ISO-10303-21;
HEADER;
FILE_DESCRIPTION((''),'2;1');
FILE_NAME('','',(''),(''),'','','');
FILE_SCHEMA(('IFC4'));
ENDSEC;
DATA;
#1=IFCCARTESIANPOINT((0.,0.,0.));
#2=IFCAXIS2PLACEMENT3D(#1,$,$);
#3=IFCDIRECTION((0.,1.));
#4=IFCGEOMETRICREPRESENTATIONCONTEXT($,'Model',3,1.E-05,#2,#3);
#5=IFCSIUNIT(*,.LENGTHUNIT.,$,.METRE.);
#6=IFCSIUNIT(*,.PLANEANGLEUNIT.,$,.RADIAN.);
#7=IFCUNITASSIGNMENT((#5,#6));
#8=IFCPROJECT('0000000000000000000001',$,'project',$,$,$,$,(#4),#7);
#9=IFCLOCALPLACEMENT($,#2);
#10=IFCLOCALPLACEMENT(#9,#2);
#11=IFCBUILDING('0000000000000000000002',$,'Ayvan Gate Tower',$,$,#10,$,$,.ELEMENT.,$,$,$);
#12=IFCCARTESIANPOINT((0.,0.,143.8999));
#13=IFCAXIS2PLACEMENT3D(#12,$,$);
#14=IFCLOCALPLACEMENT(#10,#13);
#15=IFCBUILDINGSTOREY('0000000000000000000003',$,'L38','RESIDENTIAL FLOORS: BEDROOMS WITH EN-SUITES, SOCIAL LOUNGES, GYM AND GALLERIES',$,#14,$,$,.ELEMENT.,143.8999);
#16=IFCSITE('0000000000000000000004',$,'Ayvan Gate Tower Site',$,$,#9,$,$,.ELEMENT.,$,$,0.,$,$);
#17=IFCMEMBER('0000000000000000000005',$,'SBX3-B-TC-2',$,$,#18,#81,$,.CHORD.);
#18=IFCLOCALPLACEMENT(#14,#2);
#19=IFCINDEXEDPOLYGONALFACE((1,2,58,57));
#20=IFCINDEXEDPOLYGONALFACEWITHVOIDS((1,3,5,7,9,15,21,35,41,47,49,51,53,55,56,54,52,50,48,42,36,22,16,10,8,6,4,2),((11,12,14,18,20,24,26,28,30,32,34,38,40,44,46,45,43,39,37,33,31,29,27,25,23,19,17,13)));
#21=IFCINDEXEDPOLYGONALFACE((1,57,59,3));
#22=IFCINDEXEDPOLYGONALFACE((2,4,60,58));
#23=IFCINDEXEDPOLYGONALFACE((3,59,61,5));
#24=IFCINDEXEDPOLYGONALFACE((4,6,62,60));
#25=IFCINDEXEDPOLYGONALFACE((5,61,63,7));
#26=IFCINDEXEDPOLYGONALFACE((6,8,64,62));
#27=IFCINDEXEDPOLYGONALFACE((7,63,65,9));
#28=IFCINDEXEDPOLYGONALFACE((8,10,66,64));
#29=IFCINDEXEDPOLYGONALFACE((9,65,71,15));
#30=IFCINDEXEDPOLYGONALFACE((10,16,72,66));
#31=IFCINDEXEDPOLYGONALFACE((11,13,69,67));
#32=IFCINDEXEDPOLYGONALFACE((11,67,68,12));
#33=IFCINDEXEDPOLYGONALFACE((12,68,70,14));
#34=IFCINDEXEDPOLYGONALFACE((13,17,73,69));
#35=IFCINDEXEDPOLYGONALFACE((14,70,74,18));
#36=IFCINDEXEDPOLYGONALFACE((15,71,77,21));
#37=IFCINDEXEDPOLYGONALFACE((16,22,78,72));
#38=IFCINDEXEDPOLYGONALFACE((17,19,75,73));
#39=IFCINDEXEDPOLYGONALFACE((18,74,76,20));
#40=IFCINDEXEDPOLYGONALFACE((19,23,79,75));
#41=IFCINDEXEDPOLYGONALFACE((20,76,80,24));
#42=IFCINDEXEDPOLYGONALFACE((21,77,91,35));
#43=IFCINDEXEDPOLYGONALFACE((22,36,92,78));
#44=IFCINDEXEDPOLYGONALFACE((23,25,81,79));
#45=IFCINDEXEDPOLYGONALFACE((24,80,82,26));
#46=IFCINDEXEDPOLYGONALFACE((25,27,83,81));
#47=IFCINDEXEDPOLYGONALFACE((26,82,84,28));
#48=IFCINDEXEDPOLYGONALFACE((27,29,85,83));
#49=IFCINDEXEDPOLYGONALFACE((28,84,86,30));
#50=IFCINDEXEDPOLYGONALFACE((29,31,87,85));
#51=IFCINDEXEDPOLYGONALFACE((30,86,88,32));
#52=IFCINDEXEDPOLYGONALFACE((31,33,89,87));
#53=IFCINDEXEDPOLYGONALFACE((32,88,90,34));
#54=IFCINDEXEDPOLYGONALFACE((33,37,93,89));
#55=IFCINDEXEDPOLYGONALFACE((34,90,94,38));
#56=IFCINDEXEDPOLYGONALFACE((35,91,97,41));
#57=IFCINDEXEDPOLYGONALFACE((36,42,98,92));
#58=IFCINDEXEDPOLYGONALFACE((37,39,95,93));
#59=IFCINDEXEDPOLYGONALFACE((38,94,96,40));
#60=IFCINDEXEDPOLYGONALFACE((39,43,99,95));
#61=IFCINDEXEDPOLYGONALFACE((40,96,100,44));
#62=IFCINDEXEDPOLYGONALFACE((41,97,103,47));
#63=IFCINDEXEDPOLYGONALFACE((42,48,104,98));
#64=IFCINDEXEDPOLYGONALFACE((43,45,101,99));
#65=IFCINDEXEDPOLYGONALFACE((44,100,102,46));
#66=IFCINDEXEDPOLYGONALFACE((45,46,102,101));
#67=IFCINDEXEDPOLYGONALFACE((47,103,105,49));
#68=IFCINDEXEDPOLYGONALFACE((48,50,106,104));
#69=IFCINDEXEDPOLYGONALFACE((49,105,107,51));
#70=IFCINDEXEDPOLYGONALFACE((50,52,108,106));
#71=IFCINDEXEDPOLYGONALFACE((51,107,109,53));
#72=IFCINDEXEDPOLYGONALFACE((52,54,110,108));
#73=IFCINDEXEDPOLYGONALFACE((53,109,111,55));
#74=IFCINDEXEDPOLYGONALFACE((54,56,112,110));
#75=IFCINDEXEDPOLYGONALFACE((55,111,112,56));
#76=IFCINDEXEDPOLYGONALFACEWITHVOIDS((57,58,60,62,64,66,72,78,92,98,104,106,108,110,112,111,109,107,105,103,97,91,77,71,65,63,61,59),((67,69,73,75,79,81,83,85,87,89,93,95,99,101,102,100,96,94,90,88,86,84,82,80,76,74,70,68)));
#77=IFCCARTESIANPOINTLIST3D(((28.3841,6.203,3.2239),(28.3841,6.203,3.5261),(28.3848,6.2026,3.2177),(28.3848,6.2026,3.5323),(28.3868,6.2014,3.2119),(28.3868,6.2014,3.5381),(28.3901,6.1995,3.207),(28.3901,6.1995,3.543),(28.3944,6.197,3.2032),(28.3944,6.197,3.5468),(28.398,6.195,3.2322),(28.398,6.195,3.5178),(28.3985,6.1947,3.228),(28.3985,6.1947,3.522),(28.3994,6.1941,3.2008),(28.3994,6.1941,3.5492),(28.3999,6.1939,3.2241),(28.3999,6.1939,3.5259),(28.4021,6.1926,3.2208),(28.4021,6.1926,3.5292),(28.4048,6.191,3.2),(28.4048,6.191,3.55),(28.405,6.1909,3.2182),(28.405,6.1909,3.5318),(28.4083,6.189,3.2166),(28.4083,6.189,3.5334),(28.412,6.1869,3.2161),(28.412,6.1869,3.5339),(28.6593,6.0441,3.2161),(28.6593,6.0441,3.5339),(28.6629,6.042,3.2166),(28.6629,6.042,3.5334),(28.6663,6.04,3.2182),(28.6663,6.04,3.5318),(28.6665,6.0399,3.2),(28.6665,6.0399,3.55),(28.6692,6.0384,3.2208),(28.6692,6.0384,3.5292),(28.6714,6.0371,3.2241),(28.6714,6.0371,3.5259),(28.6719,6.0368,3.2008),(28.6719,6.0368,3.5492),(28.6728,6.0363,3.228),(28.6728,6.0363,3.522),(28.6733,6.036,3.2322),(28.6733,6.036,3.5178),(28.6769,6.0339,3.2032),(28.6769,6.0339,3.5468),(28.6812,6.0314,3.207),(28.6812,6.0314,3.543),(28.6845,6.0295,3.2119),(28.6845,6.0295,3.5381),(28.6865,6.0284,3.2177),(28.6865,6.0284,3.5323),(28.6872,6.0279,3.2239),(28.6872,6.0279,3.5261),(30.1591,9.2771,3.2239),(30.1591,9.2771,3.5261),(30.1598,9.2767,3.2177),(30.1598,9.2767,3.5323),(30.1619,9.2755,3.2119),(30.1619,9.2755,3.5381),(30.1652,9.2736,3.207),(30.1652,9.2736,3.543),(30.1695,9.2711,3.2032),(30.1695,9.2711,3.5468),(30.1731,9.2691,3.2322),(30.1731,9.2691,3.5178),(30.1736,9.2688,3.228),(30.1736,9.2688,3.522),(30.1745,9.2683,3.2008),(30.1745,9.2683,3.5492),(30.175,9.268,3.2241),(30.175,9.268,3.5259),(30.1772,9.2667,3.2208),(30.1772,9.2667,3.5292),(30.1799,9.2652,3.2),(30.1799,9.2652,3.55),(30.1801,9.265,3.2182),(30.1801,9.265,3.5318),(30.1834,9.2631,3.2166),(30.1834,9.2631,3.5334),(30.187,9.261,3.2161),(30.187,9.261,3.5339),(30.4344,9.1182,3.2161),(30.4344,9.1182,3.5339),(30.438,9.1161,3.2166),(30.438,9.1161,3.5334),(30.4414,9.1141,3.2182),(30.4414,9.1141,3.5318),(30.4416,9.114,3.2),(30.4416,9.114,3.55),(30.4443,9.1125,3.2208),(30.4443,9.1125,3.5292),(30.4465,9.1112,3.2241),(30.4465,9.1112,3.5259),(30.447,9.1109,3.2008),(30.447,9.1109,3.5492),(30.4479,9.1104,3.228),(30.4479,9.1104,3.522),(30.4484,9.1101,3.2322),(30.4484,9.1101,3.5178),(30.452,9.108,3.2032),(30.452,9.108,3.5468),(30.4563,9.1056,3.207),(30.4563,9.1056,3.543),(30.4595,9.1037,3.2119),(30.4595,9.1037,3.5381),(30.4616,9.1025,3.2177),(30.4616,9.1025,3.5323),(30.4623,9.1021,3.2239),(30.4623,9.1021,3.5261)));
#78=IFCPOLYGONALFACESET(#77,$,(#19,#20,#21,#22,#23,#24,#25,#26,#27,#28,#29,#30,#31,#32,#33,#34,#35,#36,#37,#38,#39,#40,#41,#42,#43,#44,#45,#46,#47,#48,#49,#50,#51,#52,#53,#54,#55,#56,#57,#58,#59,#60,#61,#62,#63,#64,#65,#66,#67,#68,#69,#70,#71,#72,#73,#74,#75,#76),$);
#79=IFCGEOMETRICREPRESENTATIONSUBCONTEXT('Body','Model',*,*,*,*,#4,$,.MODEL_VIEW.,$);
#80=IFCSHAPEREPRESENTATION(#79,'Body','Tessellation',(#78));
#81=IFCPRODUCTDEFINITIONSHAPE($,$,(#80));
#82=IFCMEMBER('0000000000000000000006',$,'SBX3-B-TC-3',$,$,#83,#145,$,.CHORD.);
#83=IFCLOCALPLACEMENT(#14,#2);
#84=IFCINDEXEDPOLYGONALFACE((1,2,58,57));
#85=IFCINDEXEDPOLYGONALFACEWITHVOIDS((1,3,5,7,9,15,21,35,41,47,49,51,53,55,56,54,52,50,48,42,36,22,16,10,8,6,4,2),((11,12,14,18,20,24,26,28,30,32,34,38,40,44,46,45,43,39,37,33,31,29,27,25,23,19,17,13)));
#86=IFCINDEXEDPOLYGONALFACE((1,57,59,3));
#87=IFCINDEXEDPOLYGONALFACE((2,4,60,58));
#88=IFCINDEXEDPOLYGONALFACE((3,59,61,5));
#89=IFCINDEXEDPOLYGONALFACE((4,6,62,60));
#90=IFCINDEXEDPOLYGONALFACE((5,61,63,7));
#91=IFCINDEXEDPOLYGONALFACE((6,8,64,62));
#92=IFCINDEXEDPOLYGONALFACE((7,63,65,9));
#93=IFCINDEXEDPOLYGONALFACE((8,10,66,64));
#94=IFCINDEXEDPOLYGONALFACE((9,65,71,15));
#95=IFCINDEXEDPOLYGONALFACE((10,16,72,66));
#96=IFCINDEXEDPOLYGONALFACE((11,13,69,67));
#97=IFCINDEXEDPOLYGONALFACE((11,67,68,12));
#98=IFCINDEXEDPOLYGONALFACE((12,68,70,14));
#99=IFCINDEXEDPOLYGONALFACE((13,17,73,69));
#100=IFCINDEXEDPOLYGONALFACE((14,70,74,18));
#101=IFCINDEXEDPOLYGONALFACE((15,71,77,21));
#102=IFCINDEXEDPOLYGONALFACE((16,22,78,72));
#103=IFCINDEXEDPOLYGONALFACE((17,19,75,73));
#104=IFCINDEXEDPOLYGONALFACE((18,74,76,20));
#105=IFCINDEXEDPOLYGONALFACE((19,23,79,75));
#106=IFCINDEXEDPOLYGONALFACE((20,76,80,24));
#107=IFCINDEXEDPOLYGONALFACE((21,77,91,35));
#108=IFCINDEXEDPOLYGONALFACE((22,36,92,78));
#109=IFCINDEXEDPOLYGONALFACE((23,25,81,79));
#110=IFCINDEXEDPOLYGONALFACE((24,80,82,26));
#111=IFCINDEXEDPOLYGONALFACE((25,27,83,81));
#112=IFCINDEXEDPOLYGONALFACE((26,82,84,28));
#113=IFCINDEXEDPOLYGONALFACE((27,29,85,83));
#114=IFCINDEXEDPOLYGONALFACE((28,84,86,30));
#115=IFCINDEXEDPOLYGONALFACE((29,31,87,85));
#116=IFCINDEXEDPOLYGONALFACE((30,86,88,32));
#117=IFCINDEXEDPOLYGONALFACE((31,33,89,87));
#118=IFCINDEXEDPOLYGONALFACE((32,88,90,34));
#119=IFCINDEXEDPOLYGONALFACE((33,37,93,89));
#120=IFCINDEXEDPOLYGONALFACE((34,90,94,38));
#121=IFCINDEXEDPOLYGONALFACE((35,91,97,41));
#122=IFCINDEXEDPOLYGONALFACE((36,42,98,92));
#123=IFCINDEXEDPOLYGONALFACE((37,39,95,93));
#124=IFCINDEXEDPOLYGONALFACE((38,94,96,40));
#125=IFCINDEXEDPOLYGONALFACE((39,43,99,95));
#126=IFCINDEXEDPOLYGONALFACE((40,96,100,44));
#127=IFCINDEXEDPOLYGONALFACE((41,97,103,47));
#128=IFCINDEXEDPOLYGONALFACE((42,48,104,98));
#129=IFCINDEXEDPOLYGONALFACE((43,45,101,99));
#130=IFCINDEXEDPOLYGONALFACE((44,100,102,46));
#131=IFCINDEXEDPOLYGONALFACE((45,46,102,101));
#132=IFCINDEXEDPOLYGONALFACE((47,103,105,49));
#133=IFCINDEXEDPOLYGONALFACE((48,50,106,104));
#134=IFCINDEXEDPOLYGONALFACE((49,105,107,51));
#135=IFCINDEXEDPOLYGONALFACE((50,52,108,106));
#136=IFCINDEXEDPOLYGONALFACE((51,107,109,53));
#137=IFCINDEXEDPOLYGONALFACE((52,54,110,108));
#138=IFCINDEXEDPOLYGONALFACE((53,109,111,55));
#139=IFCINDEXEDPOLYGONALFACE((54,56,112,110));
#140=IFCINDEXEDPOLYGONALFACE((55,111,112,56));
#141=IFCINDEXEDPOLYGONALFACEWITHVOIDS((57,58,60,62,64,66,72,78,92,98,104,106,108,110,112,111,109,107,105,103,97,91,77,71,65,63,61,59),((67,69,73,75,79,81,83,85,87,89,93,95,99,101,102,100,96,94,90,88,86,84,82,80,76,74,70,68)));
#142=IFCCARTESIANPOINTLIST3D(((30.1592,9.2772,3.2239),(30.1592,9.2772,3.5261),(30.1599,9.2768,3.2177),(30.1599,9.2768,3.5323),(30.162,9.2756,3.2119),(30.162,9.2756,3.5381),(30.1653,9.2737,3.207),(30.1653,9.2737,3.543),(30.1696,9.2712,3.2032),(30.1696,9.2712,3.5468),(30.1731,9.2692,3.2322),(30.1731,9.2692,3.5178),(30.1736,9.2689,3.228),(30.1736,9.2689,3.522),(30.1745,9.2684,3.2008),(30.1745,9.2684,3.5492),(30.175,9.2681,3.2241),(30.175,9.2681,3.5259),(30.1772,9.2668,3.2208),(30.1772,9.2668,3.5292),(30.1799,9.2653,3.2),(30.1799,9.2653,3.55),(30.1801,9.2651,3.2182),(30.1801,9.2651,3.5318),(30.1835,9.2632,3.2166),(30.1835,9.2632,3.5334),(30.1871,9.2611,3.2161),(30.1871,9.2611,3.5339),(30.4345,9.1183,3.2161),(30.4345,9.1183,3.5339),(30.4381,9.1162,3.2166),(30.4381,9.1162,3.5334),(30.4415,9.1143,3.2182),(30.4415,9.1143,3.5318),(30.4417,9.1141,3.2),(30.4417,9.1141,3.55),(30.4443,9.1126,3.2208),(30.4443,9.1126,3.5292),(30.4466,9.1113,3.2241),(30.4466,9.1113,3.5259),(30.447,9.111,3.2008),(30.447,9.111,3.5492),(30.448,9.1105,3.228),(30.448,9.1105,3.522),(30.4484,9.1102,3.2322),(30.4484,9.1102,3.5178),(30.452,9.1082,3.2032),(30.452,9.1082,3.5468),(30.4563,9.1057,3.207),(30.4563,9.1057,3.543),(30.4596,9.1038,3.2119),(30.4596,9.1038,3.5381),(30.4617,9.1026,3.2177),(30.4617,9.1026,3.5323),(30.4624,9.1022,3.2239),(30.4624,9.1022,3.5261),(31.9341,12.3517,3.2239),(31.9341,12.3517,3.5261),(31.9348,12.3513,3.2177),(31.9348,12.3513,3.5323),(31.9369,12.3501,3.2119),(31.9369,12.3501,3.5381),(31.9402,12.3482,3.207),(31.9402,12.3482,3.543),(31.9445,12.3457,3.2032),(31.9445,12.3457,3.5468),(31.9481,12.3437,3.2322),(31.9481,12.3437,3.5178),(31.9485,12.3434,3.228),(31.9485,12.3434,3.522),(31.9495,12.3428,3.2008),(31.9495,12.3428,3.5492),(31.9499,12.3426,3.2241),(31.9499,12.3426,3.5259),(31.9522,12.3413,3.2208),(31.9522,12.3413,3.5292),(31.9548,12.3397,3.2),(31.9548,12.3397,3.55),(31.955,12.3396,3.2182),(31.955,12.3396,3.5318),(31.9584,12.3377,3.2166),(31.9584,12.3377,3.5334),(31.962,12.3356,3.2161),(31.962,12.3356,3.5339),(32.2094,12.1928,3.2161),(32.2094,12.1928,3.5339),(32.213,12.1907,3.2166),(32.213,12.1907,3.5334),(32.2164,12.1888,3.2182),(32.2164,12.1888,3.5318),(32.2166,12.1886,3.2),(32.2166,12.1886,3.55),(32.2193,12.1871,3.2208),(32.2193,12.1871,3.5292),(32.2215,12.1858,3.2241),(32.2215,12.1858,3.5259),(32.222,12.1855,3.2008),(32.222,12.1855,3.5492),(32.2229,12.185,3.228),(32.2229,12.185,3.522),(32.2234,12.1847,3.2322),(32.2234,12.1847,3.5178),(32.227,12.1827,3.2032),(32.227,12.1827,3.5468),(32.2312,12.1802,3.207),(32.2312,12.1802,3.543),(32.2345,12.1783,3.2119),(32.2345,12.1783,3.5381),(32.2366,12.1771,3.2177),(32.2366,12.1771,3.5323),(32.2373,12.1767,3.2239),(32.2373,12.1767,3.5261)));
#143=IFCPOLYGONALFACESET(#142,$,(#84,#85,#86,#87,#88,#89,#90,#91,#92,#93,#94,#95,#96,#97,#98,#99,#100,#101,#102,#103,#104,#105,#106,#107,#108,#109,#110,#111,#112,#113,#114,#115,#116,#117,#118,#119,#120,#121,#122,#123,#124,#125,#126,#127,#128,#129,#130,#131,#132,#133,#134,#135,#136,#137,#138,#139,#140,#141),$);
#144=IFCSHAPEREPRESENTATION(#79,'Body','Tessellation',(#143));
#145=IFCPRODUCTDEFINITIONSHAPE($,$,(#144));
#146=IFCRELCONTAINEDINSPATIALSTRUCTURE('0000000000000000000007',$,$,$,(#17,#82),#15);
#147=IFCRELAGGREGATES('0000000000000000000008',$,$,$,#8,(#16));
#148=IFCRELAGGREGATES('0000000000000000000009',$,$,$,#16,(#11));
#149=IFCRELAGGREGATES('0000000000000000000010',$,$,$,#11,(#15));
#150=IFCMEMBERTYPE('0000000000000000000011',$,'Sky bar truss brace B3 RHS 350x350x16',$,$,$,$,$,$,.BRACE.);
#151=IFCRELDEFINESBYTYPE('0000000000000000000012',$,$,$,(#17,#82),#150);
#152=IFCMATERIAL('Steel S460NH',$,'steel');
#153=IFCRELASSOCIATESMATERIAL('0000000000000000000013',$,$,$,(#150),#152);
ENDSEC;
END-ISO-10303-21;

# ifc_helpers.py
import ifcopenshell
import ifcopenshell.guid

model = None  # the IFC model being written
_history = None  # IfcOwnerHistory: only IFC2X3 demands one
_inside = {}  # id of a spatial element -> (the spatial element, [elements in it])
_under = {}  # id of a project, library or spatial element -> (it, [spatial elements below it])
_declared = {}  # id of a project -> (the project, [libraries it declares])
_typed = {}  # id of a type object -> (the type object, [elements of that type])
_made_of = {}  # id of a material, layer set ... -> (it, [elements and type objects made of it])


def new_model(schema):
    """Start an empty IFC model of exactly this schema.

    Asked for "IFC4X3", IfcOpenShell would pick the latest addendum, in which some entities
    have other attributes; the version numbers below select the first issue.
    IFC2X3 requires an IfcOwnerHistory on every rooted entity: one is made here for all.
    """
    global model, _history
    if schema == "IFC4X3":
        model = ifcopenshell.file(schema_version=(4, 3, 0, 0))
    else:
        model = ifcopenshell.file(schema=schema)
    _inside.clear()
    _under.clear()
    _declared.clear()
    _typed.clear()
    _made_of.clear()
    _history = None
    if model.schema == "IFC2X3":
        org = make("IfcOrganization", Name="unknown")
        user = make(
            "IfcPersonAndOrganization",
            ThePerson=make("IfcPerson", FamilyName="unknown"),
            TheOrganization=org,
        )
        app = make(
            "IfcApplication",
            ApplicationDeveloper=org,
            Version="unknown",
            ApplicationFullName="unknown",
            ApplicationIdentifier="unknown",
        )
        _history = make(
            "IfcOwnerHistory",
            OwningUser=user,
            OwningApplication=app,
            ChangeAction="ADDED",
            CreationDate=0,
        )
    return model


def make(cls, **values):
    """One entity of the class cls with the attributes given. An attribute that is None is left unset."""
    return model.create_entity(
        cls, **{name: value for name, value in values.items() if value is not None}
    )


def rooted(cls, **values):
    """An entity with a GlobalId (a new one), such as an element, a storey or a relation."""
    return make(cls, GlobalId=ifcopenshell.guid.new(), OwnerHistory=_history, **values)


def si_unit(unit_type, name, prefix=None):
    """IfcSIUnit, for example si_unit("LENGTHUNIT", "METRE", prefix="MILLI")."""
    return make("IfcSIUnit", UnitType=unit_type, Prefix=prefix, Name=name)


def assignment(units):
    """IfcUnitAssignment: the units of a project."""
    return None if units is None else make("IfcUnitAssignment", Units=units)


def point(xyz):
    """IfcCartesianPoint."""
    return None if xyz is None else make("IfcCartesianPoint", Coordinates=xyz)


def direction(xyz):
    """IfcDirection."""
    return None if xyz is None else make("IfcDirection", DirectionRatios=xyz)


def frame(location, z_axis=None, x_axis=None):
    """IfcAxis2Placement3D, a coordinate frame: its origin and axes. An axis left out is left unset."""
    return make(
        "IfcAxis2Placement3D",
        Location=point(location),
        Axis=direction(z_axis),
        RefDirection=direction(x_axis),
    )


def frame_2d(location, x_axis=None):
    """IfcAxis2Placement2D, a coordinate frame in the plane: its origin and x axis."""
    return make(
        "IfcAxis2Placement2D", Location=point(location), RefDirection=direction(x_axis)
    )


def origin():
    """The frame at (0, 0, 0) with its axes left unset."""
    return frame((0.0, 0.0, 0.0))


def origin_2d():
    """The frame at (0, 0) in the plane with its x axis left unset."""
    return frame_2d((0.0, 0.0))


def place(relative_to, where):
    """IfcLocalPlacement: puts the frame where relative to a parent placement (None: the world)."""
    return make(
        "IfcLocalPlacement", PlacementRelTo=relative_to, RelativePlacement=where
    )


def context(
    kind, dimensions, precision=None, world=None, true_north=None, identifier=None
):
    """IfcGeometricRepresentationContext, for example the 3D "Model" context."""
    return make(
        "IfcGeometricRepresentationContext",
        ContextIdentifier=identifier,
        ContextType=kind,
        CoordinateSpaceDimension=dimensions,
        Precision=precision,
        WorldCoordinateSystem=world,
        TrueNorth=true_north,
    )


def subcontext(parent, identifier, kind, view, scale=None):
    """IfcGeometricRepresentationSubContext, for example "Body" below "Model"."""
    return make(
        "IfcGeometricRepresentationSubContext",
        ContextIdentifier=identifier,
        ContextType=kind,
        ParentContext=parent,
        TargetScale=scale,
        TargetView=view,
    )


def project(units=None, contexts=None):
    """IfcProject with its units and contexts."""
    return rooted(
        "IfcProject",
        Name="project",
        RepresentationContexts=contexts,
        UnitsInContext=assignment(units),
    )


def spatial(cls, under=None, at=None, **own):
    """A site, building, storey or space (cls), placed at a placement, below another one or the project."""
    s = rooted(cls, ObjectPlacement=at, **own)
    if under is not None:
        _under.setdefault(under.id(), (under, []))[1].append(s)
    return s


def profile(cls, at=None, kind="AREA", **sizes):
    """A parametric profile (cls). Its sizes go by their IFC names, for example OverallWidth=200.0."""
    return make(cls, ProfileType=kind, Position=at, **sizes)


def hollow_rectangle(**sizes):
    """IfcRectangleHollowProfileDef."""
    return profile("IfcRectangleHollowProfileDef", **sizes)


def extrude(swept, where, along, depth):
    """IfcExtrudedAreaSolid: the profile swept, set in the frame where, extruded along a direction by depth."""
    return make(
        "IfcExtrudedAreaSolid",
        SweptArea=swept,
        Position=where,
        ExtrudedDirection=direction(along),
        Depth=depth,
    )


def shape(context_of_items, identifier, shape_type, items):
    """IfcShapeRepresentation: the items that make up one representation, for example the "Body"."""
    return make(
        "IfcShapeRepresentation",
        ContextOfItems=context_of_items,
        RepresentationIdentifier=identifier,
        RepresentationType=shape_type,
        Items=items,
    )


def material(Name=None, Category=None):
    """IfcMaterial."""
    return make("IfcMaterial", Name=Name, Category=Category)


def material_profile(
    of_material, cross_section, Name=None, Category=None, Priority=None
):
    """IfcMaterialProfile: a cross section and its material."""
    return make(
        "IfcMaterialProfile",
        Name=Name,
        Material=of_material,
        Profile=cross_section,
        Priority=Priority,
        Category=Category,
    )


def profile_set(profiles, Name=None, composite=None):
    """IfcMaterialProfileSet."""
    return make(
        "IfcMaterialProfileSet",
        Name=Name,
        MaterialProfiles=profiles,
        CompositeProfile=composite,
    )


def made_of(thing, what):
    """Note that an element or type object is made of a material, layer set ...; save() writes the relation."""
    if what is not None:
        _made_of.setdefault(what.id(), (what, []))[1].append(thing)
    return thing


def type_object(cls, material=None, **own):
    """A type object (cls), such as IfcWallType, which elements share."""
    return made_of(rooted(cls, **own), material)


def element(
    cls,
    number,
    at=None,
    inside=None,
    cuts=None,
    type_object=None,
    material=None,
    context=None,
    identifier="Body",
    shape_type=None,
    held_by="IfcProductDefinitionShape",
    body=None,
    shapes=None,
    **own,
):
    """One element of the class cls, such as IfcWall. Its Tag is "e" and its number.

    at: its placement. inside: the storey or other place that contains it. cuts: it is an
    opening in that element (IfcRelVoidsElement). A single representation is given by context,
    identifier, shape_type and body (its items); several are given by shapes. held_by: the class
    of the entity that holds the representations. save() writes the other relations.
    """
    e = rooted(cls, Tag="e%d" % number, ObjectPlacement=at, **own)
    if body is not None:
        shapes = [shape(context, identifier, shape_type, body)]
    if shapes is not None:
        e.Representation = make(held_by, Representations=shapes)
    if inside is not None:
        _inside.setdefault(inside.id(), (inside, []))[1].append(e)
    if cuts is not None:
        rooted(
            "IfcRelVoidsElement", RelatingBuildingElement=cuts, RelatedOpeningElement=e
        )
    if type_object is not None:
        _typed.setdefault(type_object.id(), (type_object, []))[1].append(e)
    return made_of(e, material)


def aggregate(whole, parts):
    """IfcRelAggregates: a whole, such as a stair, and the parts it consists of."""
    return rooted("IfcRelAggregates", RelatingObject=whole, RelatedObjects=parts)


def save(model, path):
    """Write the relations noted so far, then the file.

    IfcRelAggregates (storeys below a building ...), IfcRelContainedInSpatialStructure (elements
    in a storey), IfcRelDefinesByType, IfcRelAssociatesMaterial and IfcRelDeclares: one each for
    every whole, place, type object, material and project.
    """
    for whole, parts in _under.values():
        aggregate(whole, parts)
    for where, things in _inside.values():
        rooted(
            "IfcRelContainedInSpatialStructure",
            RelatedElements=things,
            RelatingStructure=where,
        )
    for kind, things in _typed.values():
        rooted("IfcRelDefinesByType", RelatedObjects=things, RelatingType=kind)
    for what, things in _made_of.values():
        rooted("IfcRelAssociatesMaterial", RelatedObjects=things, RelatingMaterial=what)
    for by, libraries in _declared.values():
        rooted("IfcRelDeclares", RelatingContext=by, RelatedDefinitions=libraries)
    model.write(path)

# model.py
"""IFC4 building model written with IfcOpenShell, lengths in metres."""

from ifc_helpers import new_model, si_unit, direction, frame, origin, origin_2d, place, context, subcontext, project, spatial, hollow_rectangle, extrude, material, material_profile, profile_set, type_object, element, save


model = new_model("IFC4")

# Units and contexts
model_context = context("Model", 3, precision=1e-05, world=origin(), true_north=direction((0.0, 1.0)))
body_context = subcontext(model_context, "Body", "Model", "MODEL_VIEW")
ifc_project = project(units=[si_unit("LENGTHUNIT", "METRE"), si_unit("PLANEANGLEUNIT", "RADIAN")], contexts=[model_context])

# Site, building, storey
site_placement = place(None, origin())
site = spatial("IfcSite", under=ifc_project, at=site_placement, Name="Ayvan Gate Tower Site", CompositionType="ELEMENT", RefElevation=0.0)
building_placement = place(site_placement, origin())
building = spatial("IfcBuilding", under=site, at=building_placement, Name="Ayvan Gate Tower", CompositionType="ELEMENT")
storey_placement = place(building_placement, frame((0.0, 0.0, 143.8999)))
storey = spatial("IfcBuildingStorey", under=building, at=storey_placement, Name="L38", Description="RESIDENTIAL FLOORS: BEDROOMS WITH EN-SUITES, SOCIAL LOUNGES, GYM AND GALLERIES", CompositionType="ELEMENT", Elevation=143.8999)

# Members
ifc_material_1 = material(Name="Steel S460NH", Category="steel")
ifc_material_profile_1 = material_profile(ifc_material_1, hollow_rectangle(XDim=0.3501, YDim=0.3501, WallThickness=0.0161, InnerFilletRadius=0.0161, OuterFilletRadius=0.0239, at=origin_2d()), Name="RHS 350x350x16")
ifc_profile_set_1 = profile_set([ifc_material_profile_1], Name="Steel S460NH")
member_type_1 = type_object("IfcMemberType", Name="Sky bar truss brace B3 RHS 350x350x16", PredefinedType="BRACE", material=ifc_profile_set_1)
member_1_placement = place(storey_placement, frame((28.5356, 6.1155, 3.375), z_axis=(0.500052, 0.865995, 0.0), x_axis=(-0.865995, 0.500052, 0.0)))
element("IfcMember", 1, at=member_1_placement, inside=storey, type_object=member_type_1, Name="SBX3-B-TC-2", PredefinedType="CHORD", context=body_context, shape_type="SweptSolid", body=[
    extrude(hollow_rectangle(XDim=0.3501, YDim=0.3501, WallThickness=0.0161, InnerFilletRadius=0.0161, OuterFilletRadius=0.0239, at=origin_2d()), origin(), (0.0, 0.0, 1.0), 3.5498),
])
for number, where, z_axis, x_axis, name in (
    (2, (30.3108, 9.1897, 3.375), (0.49997, 0.866042, 0.0), (-0.866042, 0.49997, 0.0), "SBX3-B-TC-3"),
):
    element("IfcMember", number, at=place(storey_placement, frame(where, z_axis=z_axis, x_axis=x_axis)), inside=storey, type_object=member_type_1, Name=name, PredefinedType="CHORD", context=body_context, shape_type="SweptSolid", body=[
        extrude(hollow_rectangle(XDim=0.3501, YDim=0.3501, WallThickness=0.0161, InnerFilletRadius=0.0161, OuterFilletRadius=0.0239, at=origin_2d()), origin(), (0.0, 0.0, 1.0), 3.55),
    ])

save(model, "model.ifc")
